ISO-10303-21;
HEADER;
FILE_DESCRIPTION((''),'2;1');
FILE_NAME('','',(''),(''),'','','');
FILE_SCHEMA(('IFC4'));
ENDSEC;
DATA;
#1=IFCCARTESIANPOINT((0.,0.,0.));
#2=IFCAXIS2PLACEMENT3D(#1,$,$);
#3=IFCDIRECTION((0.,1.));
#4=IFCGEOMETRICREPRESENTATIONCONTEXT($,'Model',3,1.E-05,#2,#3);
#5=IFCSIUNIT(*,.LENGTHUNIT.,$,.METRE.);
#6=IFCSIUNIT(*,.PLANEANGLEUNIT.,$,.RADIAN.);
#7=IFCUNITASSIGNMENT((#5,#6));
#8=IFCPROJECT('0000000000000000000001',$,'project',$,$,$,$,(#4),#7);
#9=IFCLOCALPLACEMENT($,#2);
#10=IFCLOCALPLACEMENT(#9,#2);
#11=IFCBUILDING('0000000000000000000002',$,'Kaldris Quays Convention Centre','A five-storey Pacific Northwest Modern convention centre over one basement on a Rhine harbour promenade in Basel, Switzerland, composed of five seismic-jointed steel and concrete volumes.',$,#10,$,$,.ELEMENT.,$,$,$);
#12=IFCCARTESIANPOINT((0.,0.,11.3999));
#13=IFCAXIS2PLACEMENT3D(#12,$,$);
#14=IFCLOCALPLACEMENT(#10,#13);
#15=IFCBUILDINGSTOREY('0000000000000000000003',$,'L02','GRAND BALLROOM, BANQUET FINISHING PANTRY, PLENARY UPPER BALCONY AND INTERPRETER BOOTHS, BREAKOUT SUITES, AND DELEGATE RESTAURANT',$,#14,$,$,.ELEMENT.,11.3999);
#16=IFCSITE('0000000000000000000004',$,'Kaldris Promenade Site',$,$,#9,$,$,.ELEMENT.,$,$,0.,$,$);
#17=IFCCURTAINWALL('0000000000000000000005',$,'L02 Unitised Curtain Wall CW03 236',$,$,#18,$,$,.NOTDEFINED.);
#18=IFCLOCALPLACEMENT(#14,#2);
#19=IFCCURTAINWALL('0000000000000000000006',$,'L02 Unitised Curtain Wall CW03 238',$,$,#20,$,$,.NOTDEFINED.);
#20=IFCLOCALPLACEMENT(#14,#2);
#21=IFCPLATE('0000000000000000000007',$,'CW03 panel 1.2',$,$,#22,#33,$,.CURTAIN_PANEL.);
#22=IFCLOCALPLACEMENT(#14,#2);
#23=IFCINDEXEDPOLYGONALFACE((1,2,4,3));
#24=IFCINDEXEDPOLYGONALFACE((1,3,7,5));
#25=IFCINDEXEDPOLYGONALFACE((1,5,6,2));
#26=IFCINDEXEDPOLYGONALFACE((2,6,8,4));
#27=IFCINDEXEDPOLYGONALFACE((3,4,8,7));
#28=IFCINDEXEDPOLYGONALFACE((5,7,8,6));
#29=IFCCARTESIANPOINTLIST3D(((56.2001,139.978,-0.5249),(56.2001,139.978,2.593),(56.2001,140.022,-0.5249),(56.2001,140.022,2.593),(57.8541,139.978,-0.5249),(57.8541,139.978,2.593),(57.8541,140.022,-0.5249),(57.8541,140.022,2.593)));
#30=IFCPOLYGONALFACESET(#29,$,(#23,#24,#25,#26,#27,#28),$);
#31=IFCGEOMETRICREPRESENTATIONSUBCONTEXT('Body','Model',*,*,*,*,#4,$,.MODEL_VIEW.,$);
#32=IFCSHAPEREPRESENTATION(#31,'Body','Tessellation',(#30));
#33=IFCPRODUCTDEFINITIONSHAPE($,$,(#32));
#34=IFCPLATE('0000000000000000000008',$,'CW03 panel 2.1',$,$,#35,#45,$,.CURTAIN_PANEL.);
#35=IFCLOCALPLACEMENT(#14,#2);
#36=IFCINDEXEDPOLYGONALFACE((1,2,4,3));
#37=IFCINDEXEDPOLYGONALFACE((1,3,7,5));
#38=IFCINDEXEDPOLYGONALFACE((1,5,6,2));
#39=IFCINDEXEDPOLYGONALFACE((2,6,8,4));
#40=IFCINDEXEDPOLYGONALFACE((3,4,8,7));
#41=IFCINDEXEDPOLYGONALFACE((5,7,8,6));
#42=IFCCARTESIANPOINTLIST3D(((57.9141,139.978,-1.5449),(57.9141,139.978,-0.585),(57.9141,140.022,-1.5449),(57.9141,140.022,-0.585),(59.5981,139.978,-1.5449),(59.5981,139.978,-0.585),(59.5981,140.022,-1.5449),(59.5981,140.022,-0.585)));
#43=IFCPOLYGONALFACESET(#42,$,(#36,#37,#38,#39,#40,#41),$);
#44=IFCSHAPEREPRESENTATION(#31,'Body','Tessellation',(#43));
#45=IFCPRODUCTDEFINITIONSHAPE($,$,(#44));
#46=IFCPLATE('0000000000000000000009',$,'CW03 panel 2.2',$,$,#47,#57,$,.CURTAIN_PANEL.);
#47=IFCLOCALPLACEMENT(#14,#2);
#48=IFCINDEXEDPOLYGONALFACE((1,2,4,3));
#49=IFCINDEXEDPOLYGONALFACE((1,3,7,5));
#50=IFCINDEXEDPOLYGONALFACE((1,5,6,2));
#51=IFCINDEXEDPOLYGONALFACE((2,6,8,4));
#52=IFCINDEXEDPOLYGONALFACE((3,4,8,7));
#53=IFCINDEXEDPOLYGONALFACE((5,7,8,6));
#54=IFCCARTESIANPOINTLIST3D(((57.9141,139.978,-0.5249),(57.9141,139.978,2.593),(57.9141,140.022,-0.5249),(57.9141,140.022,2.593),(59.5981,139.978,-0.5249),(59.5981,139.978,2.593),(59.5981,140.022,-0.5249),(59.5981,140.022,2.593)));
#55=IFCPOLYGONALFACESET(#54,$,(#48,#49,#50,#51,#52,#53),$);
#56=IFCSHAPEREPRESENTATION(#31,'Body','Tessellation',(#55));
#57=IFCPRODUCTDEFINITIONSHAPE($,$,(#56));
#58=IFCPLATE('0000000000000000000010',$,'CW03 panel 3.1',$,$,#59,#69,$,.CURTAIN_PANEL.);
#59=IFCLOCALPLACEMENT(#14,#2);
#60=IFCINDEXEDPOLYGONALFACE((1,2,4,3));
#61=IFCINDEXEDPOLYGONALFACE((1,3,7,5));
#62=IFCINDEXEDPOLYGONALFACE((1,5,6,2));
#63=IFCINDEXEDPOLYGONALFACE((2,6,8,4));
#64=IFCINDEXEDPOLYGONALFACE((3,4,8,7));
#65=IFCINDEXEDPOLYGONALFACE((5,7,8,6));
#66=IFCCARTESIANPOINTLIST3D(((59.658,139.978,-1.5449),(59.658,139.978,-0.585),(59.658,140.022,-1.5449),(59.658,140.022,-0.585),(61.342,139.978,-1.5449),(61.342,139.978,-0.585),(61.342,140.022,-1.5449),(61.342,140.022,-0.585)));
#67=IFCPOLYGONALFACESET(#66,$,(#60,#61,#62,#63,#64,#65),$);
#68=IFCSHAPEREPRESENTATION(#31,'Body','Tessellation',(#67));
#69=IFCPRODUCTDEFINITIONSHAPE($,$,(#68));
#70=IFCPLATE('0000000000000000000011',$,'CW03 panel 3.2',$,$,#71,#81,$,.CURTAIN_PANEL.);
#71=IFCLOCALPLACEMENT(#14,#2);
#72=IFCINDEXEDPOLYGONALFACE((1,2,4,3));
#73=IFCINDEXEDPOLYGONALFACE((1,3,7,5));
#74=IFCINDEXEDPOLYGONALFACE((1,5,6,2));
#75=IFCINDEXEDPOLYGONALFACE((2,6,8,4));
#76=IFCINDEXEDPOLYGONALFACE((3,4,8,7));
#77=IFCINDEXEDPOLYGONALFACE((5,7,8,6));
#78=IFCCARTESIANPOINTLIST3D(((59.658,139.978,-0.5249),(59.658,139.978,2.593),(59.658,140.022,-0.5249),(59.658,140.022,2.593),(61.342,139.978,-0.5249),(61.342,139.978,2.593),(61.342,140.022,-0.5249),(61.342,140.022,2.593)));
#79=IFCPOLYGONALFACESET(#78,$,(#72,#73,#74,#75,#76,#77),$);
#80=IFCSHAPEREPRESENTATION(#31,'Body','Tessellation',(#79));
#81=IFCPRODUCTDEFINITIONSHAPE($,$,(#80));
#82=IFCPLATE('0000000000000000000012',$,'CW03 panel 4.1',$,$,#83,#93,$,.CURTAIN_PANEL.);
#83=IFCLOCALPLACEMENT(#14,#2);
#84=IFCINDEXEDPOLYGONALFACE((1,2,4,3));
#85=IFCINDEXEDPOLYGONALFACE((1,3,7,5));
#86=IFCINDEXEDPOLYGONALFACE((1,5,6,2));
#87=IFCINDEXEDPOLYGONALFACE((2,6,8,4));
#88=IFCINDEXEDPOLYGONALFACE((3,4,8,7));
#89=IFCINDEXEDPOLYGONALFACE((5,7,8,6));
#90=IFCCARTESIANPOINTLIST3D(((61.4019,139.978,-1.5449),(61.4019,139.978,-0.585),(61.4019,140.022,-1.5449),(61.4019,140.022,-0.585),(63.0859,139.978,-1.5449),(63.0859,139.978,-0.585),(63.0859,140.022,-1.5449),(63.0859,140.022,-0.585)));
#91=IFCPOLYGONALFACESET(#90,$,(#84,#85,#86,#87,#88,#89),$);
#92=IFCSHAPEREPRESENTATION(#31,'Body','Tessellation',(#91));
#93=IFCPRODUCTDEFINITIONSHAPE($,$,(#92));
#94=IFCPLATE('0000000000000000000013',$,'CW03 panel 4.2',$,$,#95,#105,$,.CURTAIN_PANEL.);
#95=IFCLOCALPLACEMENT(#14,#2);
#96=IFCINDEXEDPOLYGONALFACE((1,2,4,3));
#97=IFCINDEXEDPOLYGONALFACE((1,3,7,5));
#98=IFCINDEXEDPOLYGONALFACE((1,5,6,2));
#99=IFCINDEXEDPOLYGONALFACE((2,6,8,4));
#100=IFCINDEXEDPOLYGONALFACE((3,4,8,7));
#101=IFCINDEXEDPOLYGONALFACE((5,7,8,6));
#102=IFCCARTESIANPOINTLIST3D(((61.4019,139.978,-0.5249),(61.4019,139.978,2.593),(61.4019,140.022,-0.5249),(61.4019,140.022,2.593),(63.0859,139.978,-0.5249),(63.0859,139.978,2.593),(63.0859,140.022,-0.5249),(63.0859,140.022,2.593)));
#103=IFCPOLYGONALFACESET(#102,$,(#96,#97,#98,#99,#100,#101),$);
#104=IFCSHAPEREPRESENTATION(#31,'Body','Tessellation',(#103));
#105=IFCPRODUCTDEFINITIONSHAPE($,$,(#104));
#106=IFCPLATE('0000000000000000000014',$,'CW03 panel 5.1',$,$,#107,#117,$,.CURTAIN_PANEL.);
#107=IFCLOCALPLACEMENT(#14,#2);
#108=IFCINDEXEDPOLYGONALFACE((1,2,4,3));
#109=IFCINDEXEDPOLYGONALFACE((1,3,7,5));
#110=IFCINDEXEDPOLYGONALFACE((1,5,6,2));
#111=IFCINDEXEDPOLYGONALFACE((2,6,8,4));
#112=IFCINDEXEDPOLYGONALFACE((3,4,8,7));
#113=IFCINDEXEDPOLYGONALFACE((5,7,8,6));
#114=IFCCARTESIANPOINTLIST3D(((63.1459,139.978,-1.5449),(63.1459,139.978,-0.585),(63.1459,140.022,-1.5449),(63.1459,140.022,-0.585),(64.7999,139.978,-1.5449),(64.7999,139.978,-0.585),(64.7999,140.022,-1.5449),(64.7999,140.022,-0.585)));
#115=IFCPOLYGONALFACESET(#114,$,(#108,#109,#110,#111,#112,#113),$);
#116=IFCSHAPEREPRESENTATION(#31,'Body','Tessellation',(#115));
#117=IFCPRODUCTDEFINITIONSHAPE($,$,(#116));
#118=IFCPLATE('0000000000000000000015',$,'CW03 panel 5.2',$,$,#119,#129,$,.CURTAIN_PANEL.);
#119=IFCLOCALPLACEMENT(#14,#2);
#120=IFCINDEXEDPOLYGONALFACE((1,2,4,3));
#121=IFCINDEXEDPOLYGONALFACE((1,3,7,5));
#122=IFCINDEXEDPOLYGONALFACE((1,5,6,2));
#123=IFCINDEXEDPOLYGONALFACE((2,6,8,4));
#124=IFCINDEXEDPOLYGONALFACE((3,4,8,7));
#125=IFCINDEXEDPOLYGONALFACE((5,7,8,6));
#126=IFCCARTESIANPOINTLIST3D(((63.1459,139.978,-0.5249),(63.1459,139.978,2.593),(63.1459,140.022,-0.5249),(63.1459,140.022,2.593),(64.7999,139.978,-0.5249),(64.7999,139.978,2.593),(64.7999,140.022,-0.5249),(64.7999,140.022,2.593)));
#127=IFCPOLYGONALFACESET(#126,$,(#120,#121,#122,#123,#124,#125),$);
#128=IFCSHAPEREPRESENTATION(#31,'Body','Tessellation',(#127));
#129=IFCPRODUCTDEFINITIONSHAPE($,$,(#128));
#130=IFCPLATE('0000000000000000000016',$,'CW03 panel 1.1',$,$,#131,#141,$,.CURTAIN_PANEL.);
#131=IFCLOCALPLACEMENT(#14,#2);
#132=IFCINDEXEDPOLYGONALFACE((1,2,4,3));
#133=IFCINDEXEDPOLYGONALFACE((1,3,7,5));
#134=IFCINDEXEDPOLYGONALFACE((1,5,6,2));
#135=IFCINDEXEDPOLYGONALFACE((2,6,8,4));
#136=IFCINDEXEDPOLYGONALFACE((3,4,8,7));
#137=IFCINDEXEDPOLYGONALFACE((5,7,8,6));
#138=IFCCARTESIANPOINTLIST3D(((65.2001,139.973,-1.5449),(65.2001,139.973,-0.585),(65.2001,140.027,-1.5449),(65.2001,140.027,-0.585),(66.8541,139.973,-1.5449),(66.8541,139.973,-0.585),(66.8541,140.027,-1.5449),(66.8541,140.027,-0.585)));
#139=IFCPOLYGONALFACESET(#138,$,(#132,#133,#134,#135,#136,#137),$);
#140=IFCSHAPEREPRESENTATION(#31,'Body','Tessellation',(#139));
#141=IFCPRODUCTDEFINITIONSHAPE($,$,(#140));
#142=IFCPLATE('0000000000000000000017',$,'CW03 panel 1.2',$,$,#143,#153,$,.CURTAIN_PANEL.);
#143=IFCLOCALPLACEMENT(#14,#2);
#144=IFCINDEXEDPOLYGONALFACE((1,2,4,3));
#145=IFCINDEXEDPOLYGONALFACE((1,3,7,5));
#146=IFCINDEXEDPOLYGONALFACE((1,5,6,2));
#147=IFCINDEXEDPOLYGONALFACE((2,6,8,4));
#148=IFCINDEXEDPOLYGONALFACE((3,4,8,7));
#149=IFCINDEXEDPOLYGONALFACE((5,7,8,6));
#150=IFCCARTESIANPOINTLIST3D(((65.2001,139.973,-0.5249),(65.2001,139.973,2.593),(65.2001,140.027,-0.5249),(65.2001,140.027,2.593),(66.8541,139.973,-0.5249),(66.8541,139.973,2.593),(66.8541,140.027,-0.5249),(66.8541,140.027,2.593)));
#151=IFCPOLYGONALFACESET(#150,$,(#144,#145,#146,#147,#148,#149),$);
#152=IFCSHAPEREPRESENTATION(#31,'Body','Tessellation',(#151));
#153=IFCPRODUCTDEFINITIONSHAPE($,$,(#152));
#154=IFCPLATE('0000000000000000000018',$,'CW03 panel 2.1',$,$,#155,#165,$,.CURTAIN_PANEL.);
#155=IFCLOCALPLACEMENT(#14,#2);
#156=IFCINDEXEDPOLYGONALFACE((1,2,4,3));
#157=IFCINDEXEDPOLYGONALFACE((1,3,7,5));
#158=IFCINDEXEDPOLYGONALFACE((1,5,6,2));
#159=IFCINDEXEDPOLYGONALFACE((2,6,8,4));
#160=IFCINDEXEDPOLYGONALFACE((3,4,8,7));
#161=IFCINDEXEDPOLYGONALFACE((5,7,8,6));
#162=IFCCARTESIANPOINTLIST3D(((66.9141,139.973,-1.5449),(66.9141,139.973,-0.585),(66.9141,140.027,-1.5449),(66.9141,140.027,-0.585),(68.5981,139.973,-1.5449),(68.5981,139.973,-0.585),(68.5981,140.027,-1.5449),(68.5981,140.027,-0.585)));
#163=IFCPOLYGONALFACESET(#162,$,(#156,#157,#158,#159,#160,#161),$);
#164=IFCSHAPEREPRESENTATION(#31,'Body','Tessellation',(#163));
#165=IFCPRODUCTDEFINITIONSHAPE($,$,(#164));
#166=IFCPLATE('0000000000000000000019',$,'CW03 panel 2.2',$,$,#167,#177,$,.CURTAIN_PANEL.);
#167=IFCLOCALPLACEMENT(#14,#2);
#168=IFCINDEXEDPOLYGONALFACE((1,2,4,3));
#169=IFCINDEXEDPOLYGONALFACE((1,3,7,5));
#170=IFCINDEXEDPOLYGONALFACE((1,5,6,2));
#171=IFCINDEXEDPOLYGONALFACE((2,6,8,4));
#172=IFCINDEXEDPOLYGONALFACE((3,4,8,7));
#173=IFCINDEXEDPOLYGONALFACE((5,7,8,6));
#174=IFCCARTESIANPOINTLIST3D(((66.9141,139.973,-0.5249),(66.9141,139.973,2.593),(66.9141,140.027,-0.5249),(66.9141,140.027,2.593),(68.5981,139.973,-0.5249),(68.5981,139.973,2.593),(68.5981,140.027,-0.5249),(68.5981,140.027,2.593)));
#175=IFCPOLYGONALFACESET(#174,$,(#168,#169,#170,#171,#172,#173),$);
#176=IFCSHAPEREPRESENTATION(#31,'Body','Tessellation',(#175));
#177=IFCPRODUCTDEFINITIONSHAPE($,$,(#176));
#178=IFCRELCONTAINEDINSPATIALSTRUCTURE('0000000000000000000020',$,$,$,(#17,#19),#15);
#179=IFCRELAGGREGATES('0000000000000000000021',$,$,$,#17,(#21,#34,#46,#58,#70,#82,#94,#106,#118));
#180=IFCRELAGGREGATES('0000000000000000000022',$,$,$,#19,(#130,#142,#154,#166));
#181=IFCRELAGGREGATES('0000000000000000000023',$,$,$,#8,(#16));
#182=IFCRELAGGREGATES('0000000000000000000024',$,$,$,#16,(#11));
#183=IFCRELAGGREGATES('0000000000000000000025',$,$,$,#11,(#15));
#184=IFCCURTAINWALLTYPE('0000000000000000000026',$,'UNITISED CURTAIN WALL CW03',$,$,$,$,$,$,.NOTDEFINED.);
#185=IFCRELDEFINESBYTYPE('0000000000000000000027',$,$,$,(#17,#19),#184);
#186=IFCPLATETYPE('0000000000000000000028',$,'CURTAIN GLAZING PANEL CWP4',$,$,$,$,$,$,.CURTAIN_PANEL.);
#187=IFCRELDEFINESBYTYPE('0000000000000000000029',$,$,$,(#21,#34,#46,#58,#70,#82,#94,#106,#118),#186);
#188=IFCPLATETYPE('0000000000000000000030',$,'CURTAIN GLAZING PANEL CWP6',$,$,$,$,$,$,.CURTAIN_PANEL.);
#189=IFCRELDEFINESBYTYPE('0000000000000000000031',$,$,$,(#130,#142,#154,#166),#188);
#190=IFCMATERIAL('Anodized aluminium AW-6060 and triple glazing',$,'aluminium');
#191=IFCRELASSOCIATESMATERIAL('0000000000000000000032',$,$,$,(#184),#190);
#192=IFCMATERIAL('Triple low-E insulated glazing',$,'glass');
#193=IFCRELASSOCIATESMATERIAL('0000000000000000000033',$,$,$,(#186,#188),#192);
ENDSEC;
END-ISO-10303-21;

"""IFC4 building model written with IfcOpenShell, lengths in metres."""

from ifc_helpers import new_model, si_unit, direction, frame, origin, origin_2d, place, context, subcontext, project, spatial, rectangle, extrude, material, type_object, element, aggregate, save


model = new_model("IFC4")

# Units and contexts
model_context = context("Model", 3, precision=1e-05, world=origin(), true_north=direction((0.0, 1.0)))
body_context = subcontext(model_context, "Body", "Model", "MODEL_VIEW")
ifc_project = project(units=[si_unit("LENGTHUNIT", "METRE"), si_unit("PLANEANGLEUNIT", "RADIAN")], contexts=[model_context])

# Site, building, storey
site_placement = place(None, origin())
site = spatial("IfcSite", under=ifc_project, at=site_placement, Name="Kaldris Promenade Site", CompositionType="ELEMENT", RefElevation=0.0)
building_placement = place(site_placement, origin())
building = spatial("IfcBuilding", under=site, at=building_placement, Name="Kaldris Quays Convention Centre", Description="A five-storey Pacific Northwest Modern convention centre over one basement on a Rhine harbour promenade in Basel, Switzerland, composed of five seismic-jointed steel and concrete volumes.", CompositionType="ELEMENT")
storey_placement = place(building_placement, frame((0.0, 0.0, 11.3999)))
storey = spatial("IfcBuildingStorey", under=building, at=storey_placement, Name="L02", Description="GRAND BALLROOM, BANQUET FINISHING PANTRY, PLENARY UPPER BALCONY AND INTERPRETER BOOTHS, BREAKOUT SUITES, AND DELEGATE RESTAURANT", CompositionType="ELEMENT", Elevation=11.3999)

# Curtain walls
ifc_material_1 = material(Name="Anodized aluminium AW-6060 and triple glazing", Category="aluminium")
curtain_wall_type = type_object("IfcCurtainWallType", Name="UNITISED CURTAIN WALL CW03", PredefinedType="NOTDEFINED", material=ifc_material_1)
curtain_wall_1_placement = place(storey_placement, origin())
curtain_wall_1 = element("IfcCurtainWall", 1, at=curtain_wall_1_placement, inside=storey, type_object=curtain_wall_type, Name="L02 Unitised Curtain Wall CW03 236", PredefinedType="NOTDEFINED")
curtain_wall_2_placement = place(storey_placement, origin())
curtain_wall_2 = element("IfcCurtainWall", 2, at=curtain_wall_2_placement, inside=storey, type_object=curtain_wall_type, Name="L02 Unitised Curtain Wall CW03 238", PredefinedType="NOTDEFINED")

# Plates
ifc_material_2 = material(Name="Triple low-E insulated glazing", Category="glass")
plate_type_1 = type_object("IfcPlateType", Name="CURTAIN GLAZING PANEL CWP4", PredefinedType="CURTAIN_PANEL", material=ifc_material_2)
plate_1_placement = place(storey_placement, frame((57.0271, 140.0, -0.5249), z_axis=(0.0, 0.0, 1.0), x_axis=(1.0, 0.0, 0.0)))
plate_1 = element("IfcPlate", 3, at=plate_1_placement, type_object=plate_type_1, Name="CW03 panel 1.2", PredefinedType="CURTAIN_PANEL", context=body_context, shape_type="SweptSolid", body=[
    extrude(rectangle(XDim=1.6541, YDim=0.0439, at=origin_2d()), origin(), (0.0, 0.0, 1.0), 3.1179),
])
plate_2_placement = place(storey_placement, frame((58.7561, 140.0, -1.5449), z_axis=(0.0, 0.0, 1.0), x_axis=(1.0, 0.0, 0.0)))
plate_2 = element("IfcPlate", 4, at=plate_2_placement, type_object=plate_type_1, Name="CW03 panel 2.1", PredefinedType="CURTAIN_PANEL", context=body_context, shape_type="SweptSolid", body=[
    extrude(rectangle(XDim=1.6841, YDim=0.0439, at=origin_2d()), origin(), (0.0, 0.0, 1.0), 0.96),
])
plate_3_placement = place(storey_placement, frame((58.7561, 140.0, -0.5249), z_axis=(0.0, 0.0, 1.0), x_axis=(1.0, 0.0, 0.0)))
plate_3 = element("IfcPlate", 5, at=plate_3_placement, type_object=plate_type_1, Name="CW03 panel 2.2", PredefinedType="CURTAIN_PANEL", context=body_context, shape_type="SweptSolid", body=[
    extrude(rectangle(XDim=1.6841, YDim=0.0439, at=origin_2d()), origin(), (0.0, 0.0, 1.0), 3.1179),
])
plate_4_placement = place(storey_placement, frame((60.5, 140.0, -1.5449), z_axis=(0.0, 0.0, 1.0), x_axis=(1.0, 0.0, 0.0)))
plate_4 = element("IfcPlate", 6, at=plate_4_placement, type_object=plate_type_1, Name="CW03 panel 3.1", PredefinedType="CURTAIN_PANEL", context=body_context, shape_type="SweptSolid", body=[
    extrude(rectangle(XDim=1.6841, YDim=0.0439, at=origin_2d()), origin(), (0.0, 0.0, 1.0), 0.96),
])
plate_5_placement = place(storey_placement, frame((60.5, 140.0, -0.5249), z_axis=(0.0, 0.0, 1.0), x_axis=(1.0, 0.0, 0.0)))
plate_5 = element("IfcPlate", 7, at=plate_5_placement, type_object=plate_type_1, Name="CW03 panel 3.2", PredefinedType="CURTAIN_PANEL", context=body_context, shape_type="SweptSolid", body=[
    extrude(rectangle(XDim=1.6841, YDim=0.0439, at=origin_2d()), origin(), (0.0, 0.0, 1.0), 3.1179),
])
plate_6_placement = place(storey_placement, frame((62.2439, 140.0, -1.5449), z_axis=(0.0, 0.0, 1.0), x_axis=(1.0, 0.0, 0.0)))
plate_6 = element("IfcPlate", 8, at=plate_6_placement, type_object=plate_type_1, Name="CW03 panel 4.1", PredefinedType="CURTAIN_PANEL", context=body_context, shape_type="SweptSolid", body=[
    extrude(rectangle(XDim=1.6841, YDim=0.0439, at=origin_2d()), origin(), (0.0, 0.0, 1.0), 0.96),
])
plate_7_placement = place(storey_placement, frame((62.2439, 140.0, -0.5249), z_axis=(0.0, 0.0, 1.0), x_axis=(1.0, 0.0, 0.0)))
plate_7 = element("IfcPlate", 9, at=plate_7_placement, type_object=plate_type_1, Name="CW03 panel 4.2", PredefinedType="CURTAIN_PANEL", context=body_context, shape_type="SweptSolid", body=[
    extrude(rectangle(XDim=1.6841, YDim=0.0439, at=origin_2d()), origin(), (0.0, 0.0, 1.0), 3.1179),
])
plate_8_placement = place(storey_placement, frame((63.9729, 140.0, -1.5449), z_axis=(0.0, 0.0, 1.0), x_axis=(1.0, 0.0, 0.0)))
plate_8 = element("IfcPlate", 10, at=plate_8_placement, type_object=plate_type_1, Name="CW03 panel 5.1", PredefinedType="CURTAIN_PANEL", context=body_context, shape_type="SweptSolid", body=[
    extrude(rectangle(XDim=1.6541, YDim=0.0439, at=origin_2d()), origin(), (0.0, 0.0, 1.0), 0.96),
])
plate_9_placement = place(storey_placement, frame((63.9729, 140.0, -0.5249), z_axis=(0.0, 0.0, 1.0), x_axis=(1.0, 0.0, 0.0)))
plate_9 = element("IfcPlate", 11, at=plate_9_placement, type_object=plate_type_1, Name="CW03 panel 5.2", PredefinedType="CURTAIN_PANEL", context=body_context, shape_type="SweptSolid", body=[
    extrude(rectangle(XDim=1.6541, YDim=0.0439, at=origin_2d()), origin(), (0.0, 0.0, 1.0), 3.1179),
])
aggregate(curtain_wall_1, [plate_1, plate_2, plate_3, plate_4, plate_5, plate_6, plate_7, plate_8, plate_9])
plate_type_2 = type_object("IfcPlateType", Name="CURTAIN GLAZING PANEL CWP6", PredefinedType="CURTAIN_PANEL", material=ifc_material_2)
plate_10_placement = place(storey_placement, frame((66.0271, 140.0, -1.5449), z_axis=(0.0, 0.0, 1.0), x_axis=(1.0, 0.0, 0.0)))
plate_10 = element("IfcPlate", 12, at=plate_10_placement, type_object=plate_type_2, Name="CW03 panel 1.1", PredefinedType="CURTAIN_PANEL", context=body_context, shape_type="SweptSolid", body=[
    extrude(rectangle(XDim=1.6541, YDim=0.054, at=origin_2d()), origin(), (0.0, 0.0, 1.0), 0.96),
])
plate_11_placement = place(storey_placement, frame((66.0271, 140.0, -0.5249), z_axis=(0.0, 0.0, 1.0), x_axis=(1.0, 0.0, 0.0)))
plate_11 = element("IfcPlate", 13, at=plate_11_placement, type_object=plate_type_2, Name="CW03 panel 1.2", PredefinedType="CURTAIN_PANEL", context=body_context, shape_type="SweptSolid", body=[
    extrude(rectangle(XDim=1.6541, YDim=0.054, at=origin_2d()), origin(), (0.0, 0.0, 1.0), 3.1179),
])
plate_12_placement = place(storey_placement, frame((67.7561, 140.0, -1.5449), z_axis=(0.0, 0.0, 1.0), x_axis=(1.0, 0.0, 0.0)))
plate_12 = element("IfcPlate", 14, at=plate_12_placement, type_object=plate_type_2, Name="CW03 panel 2.1", PredefinedType="CURTAIN_PANEL", context=body_context, shape_type="SweptSolid", body=[
    extrude(rectangle(XDim=1.6841, YDim=0.054, at=origin_2d()), origin(), (0.0, 0.0, 1.0), 0.96),
])
plate_13_placement = place(storey_placement, frame((67.7561, 140.0, -0.5249), z_axis=(0.0, 0.0, 1.0), x_axis=(1.0, 0.0, 0.0)))
plate_13 = element("IfcPlate", 15, at=plate_13_placement, type_object=plate_type_2, Name="CW03 panel 2.2", PredefinedType="CURTAIN_PANEL", context=body_context, shape_type="SweptSolid", body=[
    extrude(rectangle(XDim=1.6841, YDim=0.054, at=origin_2d()), origin(), (0.0, 0.0, 1.0), 3.1179),
])
aggregate(curtain_wall_2, [plate_10, plate_11, plate_12, plate_13])

save(model, "model.ifc")
